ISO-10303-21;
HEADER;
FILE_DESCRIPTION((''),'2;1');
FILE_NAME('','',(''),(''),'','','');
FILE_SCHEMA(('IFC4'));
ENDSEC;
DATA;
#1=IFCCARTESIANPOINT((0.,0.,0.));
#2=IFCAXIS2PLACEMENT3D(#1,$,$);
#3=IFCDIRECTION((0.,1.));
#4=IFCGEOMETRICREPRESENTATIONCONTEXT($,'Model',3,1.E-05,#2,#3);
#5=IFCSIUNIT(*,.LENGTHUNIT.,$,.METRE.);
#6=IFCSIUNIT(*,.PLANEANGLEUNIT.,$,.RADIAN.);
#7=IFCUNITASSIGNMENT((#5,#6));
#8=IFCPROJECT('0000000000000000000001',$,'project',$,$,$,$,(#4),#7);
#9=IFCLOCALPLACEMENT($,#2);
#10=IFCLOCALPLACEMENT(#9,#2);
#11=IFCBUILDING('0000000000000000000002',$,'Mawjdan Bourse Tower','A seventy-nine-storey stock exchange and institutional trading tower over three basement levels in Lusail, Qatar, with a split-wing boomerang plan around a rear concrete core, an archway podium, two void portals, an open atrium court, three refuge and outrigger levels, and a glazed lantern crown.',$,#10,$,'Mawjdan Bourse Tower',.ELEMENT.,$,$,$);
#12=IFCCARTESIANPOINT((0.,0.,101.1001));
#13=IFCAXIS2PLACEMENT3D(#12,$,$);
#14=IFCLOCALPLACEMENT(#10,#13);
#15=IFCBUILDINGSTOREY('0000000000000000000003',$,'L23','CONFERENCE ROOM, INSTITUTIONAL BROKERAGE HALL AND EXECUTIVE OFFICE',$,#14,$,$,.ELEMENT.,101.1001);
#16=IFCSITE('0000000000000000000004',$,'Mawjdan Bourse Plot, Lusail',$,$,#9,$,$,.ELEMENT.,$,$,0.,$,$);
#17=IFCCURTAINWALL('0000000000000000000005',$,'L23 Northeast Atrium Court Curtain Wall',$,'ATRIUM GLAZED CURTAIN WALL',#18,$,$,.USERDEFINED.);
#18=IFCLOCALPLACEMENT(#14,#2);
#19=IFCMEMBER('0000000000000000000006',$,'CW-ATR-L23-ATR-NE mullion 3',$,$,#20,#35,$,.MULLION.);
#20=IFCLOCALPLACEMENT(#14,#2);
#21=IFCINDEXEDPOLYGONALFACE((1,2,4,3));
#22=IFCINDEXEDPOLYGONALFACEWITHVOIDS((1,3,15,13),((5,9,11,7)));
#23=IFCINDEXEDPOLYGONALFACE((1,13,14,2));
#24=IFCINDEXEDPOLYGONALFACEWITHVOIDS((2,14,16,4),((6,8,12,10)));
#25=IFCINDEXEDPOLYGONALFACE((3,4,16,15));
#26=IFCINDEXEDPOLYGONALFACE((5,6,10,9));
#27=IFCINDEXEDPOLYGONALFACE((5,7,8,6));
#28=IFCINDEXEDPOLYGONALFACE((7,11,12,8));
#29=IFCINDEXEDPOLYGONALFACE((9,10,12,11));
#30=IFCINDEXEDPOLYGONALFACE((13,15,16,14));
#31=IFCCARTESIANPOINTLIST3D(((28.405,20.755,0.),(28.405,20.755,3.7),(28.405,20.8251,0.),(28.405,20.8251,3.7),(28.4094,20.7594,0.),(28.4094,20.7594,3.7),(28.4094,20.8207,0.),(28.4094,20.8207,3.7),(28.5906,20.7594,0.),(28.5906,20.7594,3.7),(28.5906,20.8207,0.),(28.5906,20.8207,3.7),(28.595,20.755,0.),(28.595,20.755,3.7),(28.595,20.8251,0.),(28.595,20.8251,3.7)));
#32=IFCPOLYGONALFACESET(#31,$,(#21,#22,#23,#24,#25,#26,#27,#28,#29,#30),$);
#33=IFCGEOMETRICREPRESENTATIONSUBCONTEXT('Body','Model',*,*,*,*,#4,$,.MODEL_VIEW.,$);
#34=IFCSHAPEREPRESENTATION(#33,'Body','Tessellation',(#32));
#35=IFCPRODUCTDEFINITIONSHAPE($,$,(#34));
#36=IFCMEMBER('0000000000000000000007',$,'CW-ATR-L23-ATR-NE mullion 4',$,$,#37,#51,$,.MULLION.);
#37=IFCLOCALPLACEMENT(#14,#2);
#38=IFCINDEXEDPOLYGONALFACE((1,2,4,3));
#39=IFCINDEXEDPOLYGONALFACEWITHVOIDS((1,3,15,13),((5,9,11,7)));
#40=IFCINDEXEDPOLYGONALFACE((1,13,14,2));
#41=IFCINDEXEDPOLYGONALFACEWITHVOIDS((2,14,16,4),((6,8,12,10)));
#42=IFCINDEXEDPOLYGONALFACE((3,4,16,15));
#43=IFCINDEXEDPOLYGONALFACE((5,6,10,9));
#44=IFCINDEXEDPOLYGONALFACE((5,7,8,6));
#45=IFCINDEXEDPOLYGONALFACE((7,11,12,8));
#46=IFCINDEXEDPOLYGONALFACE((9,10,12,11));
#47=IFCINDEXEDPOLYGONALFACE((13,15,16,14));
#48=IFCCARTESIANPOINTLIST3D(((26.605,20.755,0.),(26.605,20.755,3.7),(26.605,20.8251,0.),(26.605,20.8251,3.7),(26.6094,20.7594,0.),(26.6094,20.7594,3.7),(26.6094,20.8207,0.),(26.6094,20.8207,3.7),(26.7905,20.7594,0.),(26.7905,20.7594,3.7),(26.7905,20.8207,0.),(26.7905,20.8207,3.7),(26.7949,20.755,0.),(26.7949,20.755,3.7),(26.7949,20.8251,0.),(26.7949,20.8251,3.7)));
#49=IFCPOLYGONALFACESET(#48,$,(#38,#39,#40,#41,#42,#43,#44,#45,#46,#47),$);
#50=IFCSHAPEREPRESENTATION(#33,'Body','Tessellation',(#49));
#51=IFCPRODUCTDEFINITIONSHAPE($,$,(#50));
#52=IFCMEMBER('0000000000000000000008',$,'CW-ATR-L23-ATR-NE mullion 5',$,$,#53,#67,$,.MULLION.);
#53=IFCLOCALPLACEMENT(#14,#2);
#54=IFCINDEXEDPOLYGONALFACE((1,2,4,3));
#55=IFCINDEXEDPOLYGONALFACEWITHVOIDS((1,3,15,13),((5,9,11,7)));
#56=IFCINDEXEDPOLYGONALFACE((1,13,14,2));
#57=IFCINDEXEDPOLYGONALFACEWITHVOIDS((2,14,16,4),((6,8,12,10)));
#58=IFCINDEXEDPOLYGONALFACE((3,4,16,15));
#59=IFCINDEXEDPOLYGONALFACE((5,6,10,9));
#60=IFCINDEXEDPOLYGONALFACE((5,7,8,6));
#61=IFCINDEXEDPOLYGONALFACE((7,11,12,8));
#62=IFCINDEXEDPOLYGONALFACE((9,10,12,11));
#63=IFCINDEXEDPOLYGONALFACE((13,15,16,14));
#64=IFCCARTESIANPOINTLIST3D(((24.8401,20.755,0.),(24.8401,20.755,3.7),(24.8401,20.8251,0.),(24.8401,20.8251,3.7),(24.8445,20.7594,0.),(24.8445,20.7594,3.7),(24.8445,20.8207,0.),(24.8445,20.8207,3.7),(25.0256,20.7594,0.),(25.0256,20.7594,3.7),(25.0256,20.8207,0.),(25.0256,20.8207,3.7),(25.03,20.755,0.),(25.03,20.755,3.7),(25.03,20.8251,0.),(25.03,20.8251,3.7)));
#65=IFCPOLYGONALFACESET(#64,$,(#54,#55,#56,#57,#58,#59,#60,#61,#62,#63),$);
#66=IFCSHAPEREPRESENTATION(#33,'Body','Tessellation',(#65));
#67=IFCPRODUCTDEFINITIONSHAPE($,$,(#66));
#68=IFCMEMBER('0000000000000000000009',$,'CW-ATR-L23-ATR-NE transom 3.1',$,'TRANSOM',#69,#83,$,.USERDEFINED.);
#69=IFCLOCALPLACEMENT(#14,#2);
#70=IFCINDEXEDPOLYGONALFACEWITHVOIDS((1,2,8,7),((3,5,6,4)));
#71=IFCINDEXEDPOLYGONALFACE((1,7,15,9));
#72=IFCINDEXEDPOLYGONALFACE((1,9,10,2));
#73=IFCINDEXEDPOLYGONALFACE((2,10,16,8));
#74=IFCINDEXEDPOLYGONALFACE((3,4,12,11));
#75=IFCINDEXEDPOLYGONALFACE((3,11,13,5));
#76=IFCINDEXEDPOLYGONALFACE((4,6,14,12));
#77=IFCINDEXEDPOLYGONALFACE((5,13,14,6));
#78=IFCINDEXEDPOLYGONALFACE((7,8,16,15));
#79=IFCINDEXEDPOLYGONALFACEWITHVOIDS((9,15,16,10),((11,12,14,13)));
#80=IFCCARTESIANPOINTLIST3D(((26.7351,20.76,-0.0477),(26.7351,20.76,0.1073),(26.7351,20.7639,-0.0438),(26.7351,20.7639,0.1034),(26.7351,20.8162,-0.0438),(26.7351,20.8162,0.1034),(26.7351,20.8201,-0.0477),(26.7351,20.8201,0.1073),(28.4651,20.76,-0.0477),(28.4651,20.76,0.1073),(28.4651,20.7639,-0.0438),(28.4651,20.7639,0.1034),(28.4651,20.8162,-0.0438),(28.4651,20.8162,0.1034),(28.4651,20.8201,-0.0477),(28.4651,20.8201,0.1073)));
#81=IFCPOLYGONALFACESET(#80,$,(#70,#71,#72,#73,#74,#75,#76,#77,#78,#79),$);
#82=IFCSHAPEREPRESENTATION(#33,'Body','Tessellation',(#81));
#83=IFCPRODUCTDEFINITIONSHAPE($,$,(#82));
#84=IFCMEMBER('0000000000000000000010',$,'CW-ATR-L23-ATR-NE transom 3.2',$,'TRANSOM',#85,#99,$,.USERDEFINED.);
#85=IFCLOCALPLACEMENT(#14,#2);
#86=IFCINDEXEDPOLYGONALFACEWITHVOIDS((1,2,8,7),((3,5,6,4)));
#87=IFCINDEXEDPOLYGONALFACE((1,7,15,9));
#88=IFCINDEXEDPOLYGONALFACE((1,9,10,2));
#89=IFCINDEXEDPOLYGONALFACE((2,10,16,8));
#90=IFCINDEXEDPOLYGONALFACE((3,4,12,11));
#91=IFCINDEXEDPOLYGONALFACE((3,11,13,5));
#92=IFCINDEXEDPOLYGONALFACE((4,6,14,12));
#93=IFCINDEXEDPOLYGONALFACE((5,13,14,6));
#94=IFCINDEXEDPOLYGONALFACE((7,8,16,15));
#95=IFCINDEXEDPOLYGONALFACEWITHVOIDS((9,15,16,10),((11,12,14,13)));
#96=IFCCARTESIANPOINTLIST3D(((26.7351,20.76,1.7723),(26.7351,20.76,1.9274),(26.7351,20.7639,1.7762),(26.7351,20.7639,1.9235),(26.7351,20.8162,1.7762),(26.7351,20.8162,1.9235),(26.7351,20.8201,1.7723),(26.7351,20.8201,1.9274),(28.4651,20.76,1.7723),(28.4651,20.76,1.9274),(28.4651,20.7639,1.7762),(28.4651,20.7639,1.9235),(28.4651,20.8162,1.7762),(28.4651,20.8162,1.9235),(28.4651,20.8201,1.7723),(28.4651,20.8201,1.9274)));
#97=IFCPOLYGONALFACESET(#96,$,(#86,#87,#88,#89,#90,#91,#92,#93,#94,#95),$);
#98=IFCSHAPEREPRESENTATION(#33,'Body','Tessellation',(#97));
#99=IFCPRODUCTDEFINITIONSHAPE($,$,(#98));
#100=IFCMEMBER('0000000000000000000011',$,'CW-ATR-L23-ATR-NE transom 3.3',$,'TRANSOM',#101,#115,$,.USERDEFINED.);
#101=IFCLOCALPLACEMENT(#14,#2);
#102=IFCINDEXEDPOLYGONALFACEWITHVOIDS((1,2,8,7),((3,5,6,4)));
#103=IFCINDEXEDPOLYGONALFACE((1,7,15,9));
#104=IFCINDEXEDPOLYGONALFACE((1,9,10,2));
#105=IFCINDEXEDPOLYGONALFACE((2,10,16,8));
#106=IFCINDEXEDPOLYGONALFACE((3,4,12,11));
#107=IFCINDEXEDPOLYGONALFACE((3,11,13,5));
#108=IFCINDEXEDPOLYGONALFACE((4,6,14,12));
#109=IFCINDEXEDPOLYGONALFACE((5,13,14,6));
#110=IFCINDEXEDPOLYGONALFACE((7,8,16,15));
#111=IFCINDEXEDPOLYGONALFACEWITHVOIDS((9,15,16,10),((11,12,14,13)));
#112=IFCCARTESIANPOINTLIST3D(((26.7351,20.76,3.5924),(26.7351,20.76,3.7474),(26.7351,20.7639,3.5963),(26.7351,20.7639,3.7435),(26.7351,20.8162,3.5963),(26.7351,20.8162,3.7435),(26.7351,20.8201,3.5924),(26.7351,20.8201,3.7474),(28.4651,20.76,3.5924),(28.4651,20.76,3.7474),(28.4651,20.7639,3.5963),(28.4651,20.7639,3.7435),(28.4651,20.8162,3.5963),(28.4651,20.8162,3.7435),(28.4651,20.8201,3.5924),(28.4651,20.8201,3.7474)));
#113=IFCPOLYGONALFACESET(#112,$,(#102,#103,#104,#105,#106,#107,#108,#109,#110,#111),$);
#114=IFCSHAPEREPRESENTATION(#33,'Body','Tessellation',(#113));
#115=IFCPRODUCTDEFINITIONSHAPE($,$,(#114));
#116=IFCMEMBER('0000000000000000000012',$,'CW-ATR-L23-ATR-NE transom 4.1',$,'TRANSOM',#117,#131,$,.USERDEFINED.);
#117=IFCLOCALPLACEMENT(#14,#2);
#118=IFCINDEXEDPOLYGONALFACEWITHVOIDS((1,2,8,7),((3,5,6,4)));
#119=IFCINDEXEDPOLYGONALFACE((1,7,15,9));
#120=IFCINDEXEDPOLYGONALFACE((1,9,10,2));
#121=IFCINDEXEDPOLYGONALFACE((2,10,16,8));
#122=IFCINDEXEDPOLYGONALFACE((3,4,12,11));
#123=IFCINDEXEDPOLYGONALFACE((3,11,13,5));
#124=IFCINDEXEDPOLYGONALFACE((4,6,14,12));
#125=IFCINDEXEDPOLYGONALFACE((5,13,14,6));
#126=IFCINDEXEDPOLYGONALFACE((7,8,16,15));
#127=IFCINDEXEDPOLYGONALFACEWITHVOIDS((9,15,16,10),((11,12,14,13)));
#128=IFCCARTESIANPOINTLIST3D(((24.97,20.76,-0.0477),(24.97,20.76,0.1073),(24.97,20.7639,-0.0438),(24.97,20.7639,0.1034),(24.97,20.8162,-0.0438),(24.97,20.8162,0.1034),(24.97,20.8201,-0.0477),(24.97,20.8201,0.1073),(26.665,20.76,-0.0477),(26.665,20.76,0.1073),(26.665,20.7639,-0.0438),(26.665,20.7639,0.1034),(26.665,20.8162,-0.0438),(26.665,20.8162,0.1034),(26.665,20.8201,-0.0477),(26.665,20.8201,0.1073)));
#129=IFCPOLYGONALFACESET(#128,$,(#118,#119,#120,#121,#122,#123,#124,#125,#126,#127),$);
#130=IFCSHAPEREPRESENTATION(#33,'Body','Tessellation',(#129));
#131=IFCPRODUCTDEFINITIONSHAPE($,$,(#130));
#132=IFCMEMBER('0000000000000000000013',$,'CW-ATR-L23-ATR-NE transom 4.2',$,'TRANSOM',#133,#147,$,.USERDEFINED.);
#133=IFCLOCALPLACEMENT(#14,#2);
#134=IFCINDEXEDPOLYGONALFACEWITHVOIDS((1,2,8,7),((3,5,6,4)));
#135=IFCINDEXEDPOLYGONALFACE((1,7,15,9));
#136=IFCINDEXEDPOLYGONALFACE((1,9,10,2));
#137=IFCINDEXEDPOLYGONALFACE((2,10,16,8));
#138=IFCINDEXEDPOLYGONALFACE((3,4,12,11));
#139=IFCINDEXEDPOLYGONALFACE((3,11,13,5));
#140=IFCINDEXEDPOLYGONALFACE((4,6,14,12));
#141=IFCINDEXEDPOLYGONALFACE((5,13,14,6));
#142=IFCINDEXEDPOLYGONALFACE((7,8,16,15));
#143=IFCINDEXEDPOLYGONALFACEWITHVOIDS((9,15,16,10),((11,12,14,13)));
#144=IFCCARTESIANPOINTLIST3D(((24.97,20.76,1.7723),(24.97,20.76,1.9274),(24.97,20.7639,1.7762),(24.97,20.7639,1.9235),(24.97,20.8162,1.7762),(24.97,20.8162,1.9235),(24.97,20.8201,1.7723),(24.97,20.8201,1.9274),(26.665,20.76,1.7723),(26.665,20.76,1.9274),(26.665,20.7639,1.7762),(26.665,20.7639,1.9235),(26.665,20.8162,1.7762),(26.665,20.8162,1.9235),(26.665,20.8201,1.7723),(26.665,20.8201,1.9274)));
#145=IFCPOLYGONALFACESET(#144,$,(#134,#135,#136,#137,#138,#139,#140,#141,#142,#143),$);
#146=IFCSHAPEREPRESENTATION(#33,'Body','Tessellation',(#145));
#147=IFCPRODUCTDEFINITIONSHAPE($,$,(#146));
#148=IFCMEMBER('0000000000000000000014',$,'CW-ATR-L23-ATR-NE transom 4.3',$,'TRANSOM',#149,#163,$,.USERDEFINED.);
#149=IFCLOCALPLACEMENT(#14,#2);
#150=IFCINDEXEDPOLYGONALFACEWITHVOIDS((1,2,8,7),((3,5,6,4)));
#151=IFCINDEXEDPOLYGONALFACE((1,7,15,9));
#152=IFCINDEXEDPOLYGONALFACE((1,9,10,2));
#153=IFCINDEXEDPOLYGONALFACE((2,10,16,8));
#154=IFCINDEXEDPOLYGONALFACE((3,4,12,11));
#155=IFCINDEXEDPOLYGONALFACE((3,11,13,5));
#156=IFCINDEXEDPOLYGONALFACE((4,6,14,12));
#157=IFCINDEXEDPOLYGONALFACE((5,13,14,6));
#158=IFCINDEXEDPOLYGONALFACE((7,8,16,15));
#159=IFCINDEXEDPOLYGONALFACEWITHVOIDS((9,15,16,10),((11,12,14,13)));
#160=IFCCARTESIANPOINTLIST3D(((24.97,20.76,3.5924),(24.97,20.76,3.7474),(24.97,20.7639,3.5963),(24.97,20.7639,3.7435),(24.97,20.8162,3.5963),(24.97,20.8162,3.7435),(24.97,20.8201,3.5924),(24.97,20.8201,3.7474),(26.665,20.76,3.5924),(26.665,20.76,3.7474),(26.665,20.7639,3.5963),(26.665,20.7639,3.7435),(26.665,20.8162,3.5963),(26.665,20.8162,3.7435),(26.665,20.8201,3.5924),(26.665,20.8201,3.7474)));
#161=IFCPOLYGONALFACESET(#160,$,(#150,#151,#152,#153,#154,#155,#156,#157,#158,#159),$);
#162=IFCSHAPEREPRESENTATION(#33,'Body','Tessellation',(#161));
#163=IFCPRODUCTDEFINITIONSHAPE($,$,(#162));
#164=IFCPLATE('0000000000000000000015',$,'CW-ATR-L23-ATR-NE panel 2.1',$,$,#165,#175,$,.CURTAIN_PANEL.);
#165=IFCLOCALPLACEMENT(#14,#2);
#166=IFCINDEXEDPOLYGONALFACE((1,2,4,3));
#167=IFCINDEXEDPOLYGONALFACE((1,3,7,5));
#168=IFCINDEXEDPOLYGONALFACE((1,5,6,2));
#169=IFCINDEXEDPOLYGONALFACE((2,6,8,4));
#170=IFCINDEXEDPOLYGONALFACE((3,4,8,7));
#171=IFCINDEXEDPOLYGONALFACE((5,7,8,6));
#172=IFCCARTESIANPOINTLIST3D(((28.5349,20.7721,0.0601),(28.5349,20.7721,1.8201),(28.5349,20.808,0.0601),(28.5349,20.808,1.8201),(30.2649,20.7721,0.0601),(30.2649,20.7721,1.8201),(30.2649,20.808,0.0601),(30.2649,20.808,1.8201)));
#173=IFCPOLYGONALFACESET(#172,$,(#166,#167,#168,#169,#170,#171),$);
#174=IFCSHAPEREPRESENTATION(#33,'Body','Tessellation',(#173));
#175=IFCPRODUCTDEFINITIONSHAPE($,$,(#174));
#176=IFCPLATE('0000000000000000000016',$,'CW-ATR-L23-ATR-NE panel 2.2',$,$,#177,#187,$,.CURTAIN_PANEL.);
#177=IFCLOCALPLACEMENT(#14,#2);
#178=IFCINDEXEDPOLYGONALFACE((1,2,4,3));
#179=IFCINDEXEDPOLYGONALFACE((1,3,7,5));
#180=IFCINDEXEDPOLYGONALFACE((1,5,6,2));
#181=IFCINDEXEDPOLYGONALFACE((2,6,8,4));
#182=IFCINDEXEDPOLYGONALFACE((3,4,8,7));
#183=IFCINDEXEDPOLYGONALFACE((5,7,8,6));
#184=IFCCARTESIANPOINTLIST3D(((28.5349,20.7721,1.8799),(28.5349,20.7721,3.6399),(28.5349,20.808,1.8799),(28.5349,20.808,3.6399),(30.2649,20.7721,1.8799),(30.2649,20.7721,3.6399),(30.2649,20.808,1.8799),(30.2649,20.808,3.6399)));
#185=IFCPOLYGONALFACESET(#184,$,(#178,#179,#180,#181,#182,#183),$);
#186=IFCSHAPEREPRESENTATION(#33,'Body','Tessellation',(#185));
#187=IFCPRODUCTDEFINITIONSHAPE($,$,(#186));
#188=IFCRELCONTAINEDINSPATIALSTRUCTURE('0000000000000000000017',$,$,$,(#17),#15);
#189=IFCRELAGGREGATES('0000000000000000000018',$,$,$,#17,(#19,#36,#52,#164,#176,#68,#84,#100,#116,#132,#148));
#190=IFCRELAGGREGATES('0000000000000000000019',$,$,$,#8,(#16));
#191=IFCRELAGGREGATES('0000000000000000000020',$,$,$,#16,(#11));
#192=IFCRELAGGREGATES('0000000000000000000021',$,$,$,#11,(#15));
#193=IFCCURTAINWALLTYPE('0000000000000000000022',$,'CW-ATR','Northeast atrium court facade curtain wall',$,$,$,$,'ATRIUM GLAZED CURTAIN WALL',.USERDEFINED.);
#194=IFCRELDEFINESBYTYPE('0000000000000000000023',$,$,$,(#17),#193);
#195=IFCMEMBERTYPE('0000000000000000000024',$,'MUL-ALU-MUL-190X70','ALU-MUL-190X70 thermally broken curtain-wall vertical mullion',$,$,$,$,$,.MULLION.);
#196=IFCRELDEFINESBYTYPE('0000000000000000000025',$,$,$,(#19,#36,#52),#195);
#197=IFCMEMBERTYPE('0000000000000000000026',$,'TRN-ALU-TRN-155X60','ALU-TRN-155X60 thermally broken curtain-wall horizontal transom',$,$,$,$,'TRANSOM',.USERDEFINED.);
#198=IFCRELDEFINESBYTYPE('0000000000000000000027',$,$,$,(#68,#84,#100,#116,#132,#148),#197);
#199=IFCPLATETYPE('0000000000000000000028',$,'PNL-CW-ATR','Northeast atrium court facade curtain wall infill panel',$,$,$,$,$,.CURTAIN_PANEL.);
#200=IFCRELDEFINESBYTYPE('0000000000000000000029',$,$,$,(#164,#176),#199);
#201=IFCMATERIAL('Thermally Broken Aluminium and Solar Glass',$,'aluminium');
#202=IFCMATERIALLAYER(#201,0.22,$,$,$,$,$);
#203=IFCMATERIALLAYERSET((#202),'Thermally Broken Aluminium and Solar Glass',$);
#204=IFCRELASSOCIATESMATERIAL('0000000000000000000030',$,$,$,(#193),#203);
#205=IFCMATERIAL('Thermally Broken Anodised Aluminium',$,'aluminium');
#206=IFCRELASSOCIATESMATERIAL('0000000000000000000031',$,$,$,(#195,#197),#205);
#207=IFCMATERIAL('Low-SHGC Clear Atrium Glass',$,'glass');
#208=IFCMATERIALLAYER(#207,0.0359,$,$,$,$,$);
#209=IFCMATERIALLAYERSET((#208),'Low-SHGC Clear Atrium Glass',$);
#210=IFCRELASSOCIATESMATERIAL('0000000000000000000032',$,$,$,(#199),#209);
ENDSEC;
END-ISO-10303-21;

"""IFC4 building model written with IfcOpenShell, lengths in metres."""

from ifc_helpers import new_model, si_unit, direction, frame, origin, origin_2d, place, context, subcontext, project, spatial, rectangle, hollow_rectangle, extrude, material, layer, layer_set, material_profile, profile_set, type_object, element, aggregate, save


model = new_model("IFC4")

# Units and contexts
model_context = context("Model", 3, precision=1e-05, world=origin(), true_north=direction((0.0, 1.0)))
body_context = subcontext(model_context, "Body", "Model", "MODEL_VIEW")
ifc_project = project(units=[si_unit("LENGTHUNIT", "METRE"), si_unit("PLANEANGLEUNIT", "RADIAN")], contexts=[model_context])

# Site, building, storey
site_placement = place(None, origin())
site = spatial("IfcSite", under=ifc_project, at=site_placement, Name="Mawjdan Bourse Plot, Lusail", CompositionType="ELEMENT", RefElevation=0.0)
building_placement = place(site_placement, origin())
building = spatial("IfcBuilding", under=site, at=building_placement, Name="Mawjdan Bourse Tower", Description="A seventy-nine-storey stock exchange and institutional trading tower over three basement levels in Lusail, Qatar, with a split-wing boomerang plan around a rear concrete core, an archway podium, two void portals, an open atrium court, three refuge and outrigger levels, and a glazed lantern crown.", LongName="Mawjdan Bourse Tower", CompositionType="ELEMENT")
storey_placement = place(building_placement, frame((0.0, 0.0, 101.1001)))
storey = spatial("IfcBuildingStorey", under=building, at=storey_placement, Name="L23", Description="CONFERENCE ROOM, INSTITUTIONAL BROKERAGE HALL AND EXECUTIVE OFFICE", CompositionType="ELEMENT", Elevation=101.1001)

# Curtain wall, members, plates
ifc_material_1 = material(Name="Thermally Broken Aluminium and Solar Glass", Category="aluminium")
ifc_layer_1 = layer(ifc_material_1, 0.22)
ifc_layer_set_1 = layer_set([ifc_layer_1], Name="Thermally Broken Aluminium and Solar Glass")
curtain_wall_type = type_object("IfcCurtainWallType", Name="CW-ATR", Description="Northeast atrium court facade curtain wall", ElementType="ATRIUM GLAZED CURTAIN WALL", PredefinedType="USERDEFINED", material=ifc_layer_set_1)
curtain_wall_placement = place(storey_placement, origin())
curtain_wall = element("IfcCurtainWall", 1, at=curtain_wall_placement, inside=storey, type_object=curtain_wall_type, Name="L23 Northeast Atrium Court Curtain Wall", ObjectType="ATRIUM GLAZED CURTAIN WALL", PredefinedType="USERDEFINED")
ifc_material_2 = material(Name="Thermally Broken Anodised Aluminium", Category="aluminium")
ifc_material_profile_1 = material_profile(ifc_material_2, hollow_rectangle(XDim=0.0701, YDim=0.1899, WallThickness=0.0044, at=origin_2d()), Name="ALU-MUL-190X70")
ifc_profile_set_1 = profile_set([ifc_material_profile_1], Name="Thermally Broken Anodised Aluminium")
member_type_1 = type_object("IfcMemberType", Name="MUL-ALU-MUL-190X70", Description="ALU-MUL-190X70 thermally broken curtain-wall vertical mullion", PredefinedType="MULLION", material=ifc_profile_set_1)
member_1_placement = place(storey_placement, frame((28.5, 20.79, 0.0), z_axis=(0.0, 0.0, 1.0), x_axis=(0.0, -1.0, 0.0)))
member_1 = element("IfcMember", 2, at=member_1_placement, type_object=member_type_1, Name="CW-ATR-L23-ATR-NE mullion 3", PredefinedType="MULLION", context=body_context, shape_type="SweptSolid", body=[
    extrude(hollow_rectangle(XDim=0.0701, YDim=0.1899, WallThickness=0.0044, at=origin_2d()), origin(), (0.0, 0.0, 1.0), 3.7),
])
member_2_placement = place(storey_placement, frame((26.7, 20.79, 0.0), z_axis=(0.0, 0.0, 1.0), x_axis=(0.0, -1.0, 0.0)))
member_2 = element("IfcMember", 3, at=member_2_placement, type_object=member_type_1, Name="CW-ATR-L23-ATR-NE mullion 4", PredefinedType="MULLION", context=body_context, shape_type="SweptSolid", body=[
    extrude(hollow_rectangle(XDim=0.0701, YDim=0.1899, WallThickness=0.0044, at=origin_2d()), origin(), (0.0, 0.0, 1.0), 3.7),
])
member_3_placement = place(storey_placement, frame((24.9351, 20.79, 0.0), z_axis=(0.0, 0.0, 1.0), x_axis=(0.0, -1.0, 0.0)))
member_3 = element("IfcMember", 4, at=member_3_placement, type_object=member_type_1, Name="CW-ATR-L23-ATR-NE mullion 5", PredefinedType="MULLION", context=body_context, shape_type="SweptSolid", body=[
    extrude(hollow_rectangle(XDim=0.0701, YDim=0.1899, WallThickness=0.0044, at=origin_2d()), origin(), (0.0, 0.0, 1.0), 3.7),
])
ifc_material_profile_2 = material_profile(ifc_material_2, hollow_rectangle(XDim=0.0601, YDim=0.155, WallThickness=0.0039, at=origin_2d()), Name="ALU-TRN-155X60")
ifc_profile_set_2 = profile_set([ifc_material_profile_2], Name="Thermally Broken Anodised Aluminium")
member_type_2 = type_object("IfcMemberType", Name="TRN-ALU-TRN-155X60", Description="ALU-TRN-155X60 thermally broken curtain-wall horizontal transom", ElementType="TRANSOM", PredefinedType="USERDEFINED", material=ifc_profile_set_2)
member_4_placement = place(storey_placement, frame((28.4651, 20.79, 0.0298), z_axis=(-1.0, 0.0, 0.0), x_axis=(0.0, -1.0, 0.0)))
member_4 = element("IfcMember", 5, at=member_4_placement, type_object=member_type_2, Name="CW-ATR-L23-ATR-NE transom 3.1", ObjectType="TRANSOM", PredefinedType="USERDEFINED", context=body_context, shape_type="SweptSolid", body=[
    extrude(hollow_rectangle(XDim=0.0601, YDim=0.155, WallThickness=0.0039, at=origin_2d()), origin(), (0.0, 0.0, 1.0), 1.73),
])
member_5_placement = place(storey_placement, frame((28.4651, 20.79, 1.8499), z_axis=(-1.0, 0.0, 0.0), x_axis=(0.0, -1.0, 0.0)))
member_5 = element("IfcMember", 6, at=member_5_placement, type_object=member_type_2, Name="CW-ATR-L23-ATR-NE transom 3.2", ObjectType="TRANSOM", PredefinedType="USERDEFINED", context=body_context, shape_type="SweptSolid", body=[
    extrude(hollow_rectangle(XDim=0.0601, YDim=0.155, WallThickness=0.0039, at=origin_2d()), origin(), (0.0, 0.0, 1.0), 1.73),
])
member_6_placement = place(storey_placement, frame((28.4651, 20.79, 3.6699), z_axis=(-1.0, 0.0, 0.0), x_axis=(0.0, -1.0, 0.0)))
member_6 = element("IfcMember", 7, at=member_6_placement, type_object=member_type_2, Name="CW-ATR-L23-ATR-NE transom 3.3", ObjectType="TRANSOM", PredefinedType="USERDEFINED", context=body_context, shape_type="SweptSolid", body=[
    extrude(hollow_rectangle(XDim=0.0601, YDim=0.155, WallThickness=0.0039, at=origin_2d()), origin(), (0.0, 0.0, 1.0), 1.73),
])
member_7_placement = place(storey_placement, frame((26.665, 20.79, 0.0298), z_axis=(-1.0, 0.0, 0.0), x_axis=(0.0, -1.0, 0.0)))
member_7 = element("IfcMember", 8, at=member_7_placement, type_object=member_type_2, Name="CW-ATR-L23-ATR-NE transom 4.1", ObjectType="TRANSOM", PredefinedType="USERDEFINED", context=body_context, shape_type="SweptSolid", body=[
    extrude(hollow_rectangle(XDim=0.0601, YDim=0.155, WallThickness=0.0039, at=origin_2d()), origin(), (0.0, 0.0, 1.0), 1.6951),
])
member_8_placement = place(storey_placement, frame((26.665, 20.79, 1.8499), z_axis=(-1.0, 0.0, 0.0), x_axis=(0.0, -1.0, 0.0)))
member_8 = element("IfcMember", 9, at=member_8_placement, type_object=member_type_2, Name="CW-ATR-L23-ATR-NE transom 4.2", ObjectType="TRANSOM", PredefinedType="USERDEFINED", context=body_context, shape_type="SweptSolid", body=[
    extrude(hollow_rectangle(XDim=0.0601, YDim=0.155, WallThickness=0.0039, at=origin_2d()), origin(), (0.0, 0.0, 1.0), 1.6951),
])
member_9_placement = place(storey_placement, frame((26.665, 20.79, 3.6699), z_axis=(-1.0, 0.0, 0.0), x_axis=(0.0, -1.0, 0.0)))
member_9 = element("IfcMember", 10, at=member_9_placement, type_object=member_type_2, Name="CW-ATR-L23-ATR-NE transom 4.3", ObjectType="TRANSOM", PredefinedType="USERDEFINED", context=body_context, shape_type="SweptSolid", body=[
    extrude(hollow_rectangle(XDim=0.0601, YDim=0.155, WallThickness=0.0039, at=origin_2d()), origin(), (0.0, 0.0, 1.0), 1.6951),
])
ifc_material_3 = material(Name="Low-SHGC Clear Atrium Glass", Category="glass")
ifc_layer_2 = layer(ifc_material_3, 0.0359)
ifc_layer_set_2 = layer_set([ifc_layer_2], Name="Low-SHGC Clear Atrium Glass")
plate_type = type_object("IfcPlateType", Name="PNL-CW-ATR", Description="Northeast atrium court facade curtain wall infill panel", PredefinedType="CURTAIN_PANEL", material=ifc_layer_set_2)
plate_1_placement = place(storey_placement, frame((29.3999, 20.79, 0.0601), z_axis=(0.0, 0.0, 1.0), x_axis=(-1.0, 0.0, 0.0)))
plate_1 = element("IfcPlate", 11, at=plate_1_placement, type_object=plate_type, Name="CW-ATR-L23-ATR-NE panel 2.1", PredefinedType="CURTAIN_PANEL", context=body_context, shape_type="SweptSolid", body=[
    extrude(rectangle(XDim=1.73, YDim=0.0359, at=origin_2d()), origin(), (0.0, 0.0, 1.0), 1.76),
])
plate_2_placement = place(storey_placement, frame((29.3999, 20.79, 1.8799), z_axis=(0.0, 0.0, 1.0), x_axis=(-1.0, 0.0, 0.0)))
plate_2 = element("IfcPlate", 12, at=plate_2_placement, type_object=plate_type, Name="CW-ATR-L23-ATR-NE panel 2.2", PredefinedType="CURTAIN_PANEL", context=body_context, shape_type="SweptSolid", body=[
    extrude(rectangle(XDim=1.73, YDim=0.0359, at=origin_2d()), origin(), (0.0, 0.0, 1.0), 1.76),
])
aggregate(curtain_wall, [member_1, member_2, member_3, plate_1, plate_2, member_4, member_5, member_6, member_7, member_8, member_9])

save(model, "model.ifc")
